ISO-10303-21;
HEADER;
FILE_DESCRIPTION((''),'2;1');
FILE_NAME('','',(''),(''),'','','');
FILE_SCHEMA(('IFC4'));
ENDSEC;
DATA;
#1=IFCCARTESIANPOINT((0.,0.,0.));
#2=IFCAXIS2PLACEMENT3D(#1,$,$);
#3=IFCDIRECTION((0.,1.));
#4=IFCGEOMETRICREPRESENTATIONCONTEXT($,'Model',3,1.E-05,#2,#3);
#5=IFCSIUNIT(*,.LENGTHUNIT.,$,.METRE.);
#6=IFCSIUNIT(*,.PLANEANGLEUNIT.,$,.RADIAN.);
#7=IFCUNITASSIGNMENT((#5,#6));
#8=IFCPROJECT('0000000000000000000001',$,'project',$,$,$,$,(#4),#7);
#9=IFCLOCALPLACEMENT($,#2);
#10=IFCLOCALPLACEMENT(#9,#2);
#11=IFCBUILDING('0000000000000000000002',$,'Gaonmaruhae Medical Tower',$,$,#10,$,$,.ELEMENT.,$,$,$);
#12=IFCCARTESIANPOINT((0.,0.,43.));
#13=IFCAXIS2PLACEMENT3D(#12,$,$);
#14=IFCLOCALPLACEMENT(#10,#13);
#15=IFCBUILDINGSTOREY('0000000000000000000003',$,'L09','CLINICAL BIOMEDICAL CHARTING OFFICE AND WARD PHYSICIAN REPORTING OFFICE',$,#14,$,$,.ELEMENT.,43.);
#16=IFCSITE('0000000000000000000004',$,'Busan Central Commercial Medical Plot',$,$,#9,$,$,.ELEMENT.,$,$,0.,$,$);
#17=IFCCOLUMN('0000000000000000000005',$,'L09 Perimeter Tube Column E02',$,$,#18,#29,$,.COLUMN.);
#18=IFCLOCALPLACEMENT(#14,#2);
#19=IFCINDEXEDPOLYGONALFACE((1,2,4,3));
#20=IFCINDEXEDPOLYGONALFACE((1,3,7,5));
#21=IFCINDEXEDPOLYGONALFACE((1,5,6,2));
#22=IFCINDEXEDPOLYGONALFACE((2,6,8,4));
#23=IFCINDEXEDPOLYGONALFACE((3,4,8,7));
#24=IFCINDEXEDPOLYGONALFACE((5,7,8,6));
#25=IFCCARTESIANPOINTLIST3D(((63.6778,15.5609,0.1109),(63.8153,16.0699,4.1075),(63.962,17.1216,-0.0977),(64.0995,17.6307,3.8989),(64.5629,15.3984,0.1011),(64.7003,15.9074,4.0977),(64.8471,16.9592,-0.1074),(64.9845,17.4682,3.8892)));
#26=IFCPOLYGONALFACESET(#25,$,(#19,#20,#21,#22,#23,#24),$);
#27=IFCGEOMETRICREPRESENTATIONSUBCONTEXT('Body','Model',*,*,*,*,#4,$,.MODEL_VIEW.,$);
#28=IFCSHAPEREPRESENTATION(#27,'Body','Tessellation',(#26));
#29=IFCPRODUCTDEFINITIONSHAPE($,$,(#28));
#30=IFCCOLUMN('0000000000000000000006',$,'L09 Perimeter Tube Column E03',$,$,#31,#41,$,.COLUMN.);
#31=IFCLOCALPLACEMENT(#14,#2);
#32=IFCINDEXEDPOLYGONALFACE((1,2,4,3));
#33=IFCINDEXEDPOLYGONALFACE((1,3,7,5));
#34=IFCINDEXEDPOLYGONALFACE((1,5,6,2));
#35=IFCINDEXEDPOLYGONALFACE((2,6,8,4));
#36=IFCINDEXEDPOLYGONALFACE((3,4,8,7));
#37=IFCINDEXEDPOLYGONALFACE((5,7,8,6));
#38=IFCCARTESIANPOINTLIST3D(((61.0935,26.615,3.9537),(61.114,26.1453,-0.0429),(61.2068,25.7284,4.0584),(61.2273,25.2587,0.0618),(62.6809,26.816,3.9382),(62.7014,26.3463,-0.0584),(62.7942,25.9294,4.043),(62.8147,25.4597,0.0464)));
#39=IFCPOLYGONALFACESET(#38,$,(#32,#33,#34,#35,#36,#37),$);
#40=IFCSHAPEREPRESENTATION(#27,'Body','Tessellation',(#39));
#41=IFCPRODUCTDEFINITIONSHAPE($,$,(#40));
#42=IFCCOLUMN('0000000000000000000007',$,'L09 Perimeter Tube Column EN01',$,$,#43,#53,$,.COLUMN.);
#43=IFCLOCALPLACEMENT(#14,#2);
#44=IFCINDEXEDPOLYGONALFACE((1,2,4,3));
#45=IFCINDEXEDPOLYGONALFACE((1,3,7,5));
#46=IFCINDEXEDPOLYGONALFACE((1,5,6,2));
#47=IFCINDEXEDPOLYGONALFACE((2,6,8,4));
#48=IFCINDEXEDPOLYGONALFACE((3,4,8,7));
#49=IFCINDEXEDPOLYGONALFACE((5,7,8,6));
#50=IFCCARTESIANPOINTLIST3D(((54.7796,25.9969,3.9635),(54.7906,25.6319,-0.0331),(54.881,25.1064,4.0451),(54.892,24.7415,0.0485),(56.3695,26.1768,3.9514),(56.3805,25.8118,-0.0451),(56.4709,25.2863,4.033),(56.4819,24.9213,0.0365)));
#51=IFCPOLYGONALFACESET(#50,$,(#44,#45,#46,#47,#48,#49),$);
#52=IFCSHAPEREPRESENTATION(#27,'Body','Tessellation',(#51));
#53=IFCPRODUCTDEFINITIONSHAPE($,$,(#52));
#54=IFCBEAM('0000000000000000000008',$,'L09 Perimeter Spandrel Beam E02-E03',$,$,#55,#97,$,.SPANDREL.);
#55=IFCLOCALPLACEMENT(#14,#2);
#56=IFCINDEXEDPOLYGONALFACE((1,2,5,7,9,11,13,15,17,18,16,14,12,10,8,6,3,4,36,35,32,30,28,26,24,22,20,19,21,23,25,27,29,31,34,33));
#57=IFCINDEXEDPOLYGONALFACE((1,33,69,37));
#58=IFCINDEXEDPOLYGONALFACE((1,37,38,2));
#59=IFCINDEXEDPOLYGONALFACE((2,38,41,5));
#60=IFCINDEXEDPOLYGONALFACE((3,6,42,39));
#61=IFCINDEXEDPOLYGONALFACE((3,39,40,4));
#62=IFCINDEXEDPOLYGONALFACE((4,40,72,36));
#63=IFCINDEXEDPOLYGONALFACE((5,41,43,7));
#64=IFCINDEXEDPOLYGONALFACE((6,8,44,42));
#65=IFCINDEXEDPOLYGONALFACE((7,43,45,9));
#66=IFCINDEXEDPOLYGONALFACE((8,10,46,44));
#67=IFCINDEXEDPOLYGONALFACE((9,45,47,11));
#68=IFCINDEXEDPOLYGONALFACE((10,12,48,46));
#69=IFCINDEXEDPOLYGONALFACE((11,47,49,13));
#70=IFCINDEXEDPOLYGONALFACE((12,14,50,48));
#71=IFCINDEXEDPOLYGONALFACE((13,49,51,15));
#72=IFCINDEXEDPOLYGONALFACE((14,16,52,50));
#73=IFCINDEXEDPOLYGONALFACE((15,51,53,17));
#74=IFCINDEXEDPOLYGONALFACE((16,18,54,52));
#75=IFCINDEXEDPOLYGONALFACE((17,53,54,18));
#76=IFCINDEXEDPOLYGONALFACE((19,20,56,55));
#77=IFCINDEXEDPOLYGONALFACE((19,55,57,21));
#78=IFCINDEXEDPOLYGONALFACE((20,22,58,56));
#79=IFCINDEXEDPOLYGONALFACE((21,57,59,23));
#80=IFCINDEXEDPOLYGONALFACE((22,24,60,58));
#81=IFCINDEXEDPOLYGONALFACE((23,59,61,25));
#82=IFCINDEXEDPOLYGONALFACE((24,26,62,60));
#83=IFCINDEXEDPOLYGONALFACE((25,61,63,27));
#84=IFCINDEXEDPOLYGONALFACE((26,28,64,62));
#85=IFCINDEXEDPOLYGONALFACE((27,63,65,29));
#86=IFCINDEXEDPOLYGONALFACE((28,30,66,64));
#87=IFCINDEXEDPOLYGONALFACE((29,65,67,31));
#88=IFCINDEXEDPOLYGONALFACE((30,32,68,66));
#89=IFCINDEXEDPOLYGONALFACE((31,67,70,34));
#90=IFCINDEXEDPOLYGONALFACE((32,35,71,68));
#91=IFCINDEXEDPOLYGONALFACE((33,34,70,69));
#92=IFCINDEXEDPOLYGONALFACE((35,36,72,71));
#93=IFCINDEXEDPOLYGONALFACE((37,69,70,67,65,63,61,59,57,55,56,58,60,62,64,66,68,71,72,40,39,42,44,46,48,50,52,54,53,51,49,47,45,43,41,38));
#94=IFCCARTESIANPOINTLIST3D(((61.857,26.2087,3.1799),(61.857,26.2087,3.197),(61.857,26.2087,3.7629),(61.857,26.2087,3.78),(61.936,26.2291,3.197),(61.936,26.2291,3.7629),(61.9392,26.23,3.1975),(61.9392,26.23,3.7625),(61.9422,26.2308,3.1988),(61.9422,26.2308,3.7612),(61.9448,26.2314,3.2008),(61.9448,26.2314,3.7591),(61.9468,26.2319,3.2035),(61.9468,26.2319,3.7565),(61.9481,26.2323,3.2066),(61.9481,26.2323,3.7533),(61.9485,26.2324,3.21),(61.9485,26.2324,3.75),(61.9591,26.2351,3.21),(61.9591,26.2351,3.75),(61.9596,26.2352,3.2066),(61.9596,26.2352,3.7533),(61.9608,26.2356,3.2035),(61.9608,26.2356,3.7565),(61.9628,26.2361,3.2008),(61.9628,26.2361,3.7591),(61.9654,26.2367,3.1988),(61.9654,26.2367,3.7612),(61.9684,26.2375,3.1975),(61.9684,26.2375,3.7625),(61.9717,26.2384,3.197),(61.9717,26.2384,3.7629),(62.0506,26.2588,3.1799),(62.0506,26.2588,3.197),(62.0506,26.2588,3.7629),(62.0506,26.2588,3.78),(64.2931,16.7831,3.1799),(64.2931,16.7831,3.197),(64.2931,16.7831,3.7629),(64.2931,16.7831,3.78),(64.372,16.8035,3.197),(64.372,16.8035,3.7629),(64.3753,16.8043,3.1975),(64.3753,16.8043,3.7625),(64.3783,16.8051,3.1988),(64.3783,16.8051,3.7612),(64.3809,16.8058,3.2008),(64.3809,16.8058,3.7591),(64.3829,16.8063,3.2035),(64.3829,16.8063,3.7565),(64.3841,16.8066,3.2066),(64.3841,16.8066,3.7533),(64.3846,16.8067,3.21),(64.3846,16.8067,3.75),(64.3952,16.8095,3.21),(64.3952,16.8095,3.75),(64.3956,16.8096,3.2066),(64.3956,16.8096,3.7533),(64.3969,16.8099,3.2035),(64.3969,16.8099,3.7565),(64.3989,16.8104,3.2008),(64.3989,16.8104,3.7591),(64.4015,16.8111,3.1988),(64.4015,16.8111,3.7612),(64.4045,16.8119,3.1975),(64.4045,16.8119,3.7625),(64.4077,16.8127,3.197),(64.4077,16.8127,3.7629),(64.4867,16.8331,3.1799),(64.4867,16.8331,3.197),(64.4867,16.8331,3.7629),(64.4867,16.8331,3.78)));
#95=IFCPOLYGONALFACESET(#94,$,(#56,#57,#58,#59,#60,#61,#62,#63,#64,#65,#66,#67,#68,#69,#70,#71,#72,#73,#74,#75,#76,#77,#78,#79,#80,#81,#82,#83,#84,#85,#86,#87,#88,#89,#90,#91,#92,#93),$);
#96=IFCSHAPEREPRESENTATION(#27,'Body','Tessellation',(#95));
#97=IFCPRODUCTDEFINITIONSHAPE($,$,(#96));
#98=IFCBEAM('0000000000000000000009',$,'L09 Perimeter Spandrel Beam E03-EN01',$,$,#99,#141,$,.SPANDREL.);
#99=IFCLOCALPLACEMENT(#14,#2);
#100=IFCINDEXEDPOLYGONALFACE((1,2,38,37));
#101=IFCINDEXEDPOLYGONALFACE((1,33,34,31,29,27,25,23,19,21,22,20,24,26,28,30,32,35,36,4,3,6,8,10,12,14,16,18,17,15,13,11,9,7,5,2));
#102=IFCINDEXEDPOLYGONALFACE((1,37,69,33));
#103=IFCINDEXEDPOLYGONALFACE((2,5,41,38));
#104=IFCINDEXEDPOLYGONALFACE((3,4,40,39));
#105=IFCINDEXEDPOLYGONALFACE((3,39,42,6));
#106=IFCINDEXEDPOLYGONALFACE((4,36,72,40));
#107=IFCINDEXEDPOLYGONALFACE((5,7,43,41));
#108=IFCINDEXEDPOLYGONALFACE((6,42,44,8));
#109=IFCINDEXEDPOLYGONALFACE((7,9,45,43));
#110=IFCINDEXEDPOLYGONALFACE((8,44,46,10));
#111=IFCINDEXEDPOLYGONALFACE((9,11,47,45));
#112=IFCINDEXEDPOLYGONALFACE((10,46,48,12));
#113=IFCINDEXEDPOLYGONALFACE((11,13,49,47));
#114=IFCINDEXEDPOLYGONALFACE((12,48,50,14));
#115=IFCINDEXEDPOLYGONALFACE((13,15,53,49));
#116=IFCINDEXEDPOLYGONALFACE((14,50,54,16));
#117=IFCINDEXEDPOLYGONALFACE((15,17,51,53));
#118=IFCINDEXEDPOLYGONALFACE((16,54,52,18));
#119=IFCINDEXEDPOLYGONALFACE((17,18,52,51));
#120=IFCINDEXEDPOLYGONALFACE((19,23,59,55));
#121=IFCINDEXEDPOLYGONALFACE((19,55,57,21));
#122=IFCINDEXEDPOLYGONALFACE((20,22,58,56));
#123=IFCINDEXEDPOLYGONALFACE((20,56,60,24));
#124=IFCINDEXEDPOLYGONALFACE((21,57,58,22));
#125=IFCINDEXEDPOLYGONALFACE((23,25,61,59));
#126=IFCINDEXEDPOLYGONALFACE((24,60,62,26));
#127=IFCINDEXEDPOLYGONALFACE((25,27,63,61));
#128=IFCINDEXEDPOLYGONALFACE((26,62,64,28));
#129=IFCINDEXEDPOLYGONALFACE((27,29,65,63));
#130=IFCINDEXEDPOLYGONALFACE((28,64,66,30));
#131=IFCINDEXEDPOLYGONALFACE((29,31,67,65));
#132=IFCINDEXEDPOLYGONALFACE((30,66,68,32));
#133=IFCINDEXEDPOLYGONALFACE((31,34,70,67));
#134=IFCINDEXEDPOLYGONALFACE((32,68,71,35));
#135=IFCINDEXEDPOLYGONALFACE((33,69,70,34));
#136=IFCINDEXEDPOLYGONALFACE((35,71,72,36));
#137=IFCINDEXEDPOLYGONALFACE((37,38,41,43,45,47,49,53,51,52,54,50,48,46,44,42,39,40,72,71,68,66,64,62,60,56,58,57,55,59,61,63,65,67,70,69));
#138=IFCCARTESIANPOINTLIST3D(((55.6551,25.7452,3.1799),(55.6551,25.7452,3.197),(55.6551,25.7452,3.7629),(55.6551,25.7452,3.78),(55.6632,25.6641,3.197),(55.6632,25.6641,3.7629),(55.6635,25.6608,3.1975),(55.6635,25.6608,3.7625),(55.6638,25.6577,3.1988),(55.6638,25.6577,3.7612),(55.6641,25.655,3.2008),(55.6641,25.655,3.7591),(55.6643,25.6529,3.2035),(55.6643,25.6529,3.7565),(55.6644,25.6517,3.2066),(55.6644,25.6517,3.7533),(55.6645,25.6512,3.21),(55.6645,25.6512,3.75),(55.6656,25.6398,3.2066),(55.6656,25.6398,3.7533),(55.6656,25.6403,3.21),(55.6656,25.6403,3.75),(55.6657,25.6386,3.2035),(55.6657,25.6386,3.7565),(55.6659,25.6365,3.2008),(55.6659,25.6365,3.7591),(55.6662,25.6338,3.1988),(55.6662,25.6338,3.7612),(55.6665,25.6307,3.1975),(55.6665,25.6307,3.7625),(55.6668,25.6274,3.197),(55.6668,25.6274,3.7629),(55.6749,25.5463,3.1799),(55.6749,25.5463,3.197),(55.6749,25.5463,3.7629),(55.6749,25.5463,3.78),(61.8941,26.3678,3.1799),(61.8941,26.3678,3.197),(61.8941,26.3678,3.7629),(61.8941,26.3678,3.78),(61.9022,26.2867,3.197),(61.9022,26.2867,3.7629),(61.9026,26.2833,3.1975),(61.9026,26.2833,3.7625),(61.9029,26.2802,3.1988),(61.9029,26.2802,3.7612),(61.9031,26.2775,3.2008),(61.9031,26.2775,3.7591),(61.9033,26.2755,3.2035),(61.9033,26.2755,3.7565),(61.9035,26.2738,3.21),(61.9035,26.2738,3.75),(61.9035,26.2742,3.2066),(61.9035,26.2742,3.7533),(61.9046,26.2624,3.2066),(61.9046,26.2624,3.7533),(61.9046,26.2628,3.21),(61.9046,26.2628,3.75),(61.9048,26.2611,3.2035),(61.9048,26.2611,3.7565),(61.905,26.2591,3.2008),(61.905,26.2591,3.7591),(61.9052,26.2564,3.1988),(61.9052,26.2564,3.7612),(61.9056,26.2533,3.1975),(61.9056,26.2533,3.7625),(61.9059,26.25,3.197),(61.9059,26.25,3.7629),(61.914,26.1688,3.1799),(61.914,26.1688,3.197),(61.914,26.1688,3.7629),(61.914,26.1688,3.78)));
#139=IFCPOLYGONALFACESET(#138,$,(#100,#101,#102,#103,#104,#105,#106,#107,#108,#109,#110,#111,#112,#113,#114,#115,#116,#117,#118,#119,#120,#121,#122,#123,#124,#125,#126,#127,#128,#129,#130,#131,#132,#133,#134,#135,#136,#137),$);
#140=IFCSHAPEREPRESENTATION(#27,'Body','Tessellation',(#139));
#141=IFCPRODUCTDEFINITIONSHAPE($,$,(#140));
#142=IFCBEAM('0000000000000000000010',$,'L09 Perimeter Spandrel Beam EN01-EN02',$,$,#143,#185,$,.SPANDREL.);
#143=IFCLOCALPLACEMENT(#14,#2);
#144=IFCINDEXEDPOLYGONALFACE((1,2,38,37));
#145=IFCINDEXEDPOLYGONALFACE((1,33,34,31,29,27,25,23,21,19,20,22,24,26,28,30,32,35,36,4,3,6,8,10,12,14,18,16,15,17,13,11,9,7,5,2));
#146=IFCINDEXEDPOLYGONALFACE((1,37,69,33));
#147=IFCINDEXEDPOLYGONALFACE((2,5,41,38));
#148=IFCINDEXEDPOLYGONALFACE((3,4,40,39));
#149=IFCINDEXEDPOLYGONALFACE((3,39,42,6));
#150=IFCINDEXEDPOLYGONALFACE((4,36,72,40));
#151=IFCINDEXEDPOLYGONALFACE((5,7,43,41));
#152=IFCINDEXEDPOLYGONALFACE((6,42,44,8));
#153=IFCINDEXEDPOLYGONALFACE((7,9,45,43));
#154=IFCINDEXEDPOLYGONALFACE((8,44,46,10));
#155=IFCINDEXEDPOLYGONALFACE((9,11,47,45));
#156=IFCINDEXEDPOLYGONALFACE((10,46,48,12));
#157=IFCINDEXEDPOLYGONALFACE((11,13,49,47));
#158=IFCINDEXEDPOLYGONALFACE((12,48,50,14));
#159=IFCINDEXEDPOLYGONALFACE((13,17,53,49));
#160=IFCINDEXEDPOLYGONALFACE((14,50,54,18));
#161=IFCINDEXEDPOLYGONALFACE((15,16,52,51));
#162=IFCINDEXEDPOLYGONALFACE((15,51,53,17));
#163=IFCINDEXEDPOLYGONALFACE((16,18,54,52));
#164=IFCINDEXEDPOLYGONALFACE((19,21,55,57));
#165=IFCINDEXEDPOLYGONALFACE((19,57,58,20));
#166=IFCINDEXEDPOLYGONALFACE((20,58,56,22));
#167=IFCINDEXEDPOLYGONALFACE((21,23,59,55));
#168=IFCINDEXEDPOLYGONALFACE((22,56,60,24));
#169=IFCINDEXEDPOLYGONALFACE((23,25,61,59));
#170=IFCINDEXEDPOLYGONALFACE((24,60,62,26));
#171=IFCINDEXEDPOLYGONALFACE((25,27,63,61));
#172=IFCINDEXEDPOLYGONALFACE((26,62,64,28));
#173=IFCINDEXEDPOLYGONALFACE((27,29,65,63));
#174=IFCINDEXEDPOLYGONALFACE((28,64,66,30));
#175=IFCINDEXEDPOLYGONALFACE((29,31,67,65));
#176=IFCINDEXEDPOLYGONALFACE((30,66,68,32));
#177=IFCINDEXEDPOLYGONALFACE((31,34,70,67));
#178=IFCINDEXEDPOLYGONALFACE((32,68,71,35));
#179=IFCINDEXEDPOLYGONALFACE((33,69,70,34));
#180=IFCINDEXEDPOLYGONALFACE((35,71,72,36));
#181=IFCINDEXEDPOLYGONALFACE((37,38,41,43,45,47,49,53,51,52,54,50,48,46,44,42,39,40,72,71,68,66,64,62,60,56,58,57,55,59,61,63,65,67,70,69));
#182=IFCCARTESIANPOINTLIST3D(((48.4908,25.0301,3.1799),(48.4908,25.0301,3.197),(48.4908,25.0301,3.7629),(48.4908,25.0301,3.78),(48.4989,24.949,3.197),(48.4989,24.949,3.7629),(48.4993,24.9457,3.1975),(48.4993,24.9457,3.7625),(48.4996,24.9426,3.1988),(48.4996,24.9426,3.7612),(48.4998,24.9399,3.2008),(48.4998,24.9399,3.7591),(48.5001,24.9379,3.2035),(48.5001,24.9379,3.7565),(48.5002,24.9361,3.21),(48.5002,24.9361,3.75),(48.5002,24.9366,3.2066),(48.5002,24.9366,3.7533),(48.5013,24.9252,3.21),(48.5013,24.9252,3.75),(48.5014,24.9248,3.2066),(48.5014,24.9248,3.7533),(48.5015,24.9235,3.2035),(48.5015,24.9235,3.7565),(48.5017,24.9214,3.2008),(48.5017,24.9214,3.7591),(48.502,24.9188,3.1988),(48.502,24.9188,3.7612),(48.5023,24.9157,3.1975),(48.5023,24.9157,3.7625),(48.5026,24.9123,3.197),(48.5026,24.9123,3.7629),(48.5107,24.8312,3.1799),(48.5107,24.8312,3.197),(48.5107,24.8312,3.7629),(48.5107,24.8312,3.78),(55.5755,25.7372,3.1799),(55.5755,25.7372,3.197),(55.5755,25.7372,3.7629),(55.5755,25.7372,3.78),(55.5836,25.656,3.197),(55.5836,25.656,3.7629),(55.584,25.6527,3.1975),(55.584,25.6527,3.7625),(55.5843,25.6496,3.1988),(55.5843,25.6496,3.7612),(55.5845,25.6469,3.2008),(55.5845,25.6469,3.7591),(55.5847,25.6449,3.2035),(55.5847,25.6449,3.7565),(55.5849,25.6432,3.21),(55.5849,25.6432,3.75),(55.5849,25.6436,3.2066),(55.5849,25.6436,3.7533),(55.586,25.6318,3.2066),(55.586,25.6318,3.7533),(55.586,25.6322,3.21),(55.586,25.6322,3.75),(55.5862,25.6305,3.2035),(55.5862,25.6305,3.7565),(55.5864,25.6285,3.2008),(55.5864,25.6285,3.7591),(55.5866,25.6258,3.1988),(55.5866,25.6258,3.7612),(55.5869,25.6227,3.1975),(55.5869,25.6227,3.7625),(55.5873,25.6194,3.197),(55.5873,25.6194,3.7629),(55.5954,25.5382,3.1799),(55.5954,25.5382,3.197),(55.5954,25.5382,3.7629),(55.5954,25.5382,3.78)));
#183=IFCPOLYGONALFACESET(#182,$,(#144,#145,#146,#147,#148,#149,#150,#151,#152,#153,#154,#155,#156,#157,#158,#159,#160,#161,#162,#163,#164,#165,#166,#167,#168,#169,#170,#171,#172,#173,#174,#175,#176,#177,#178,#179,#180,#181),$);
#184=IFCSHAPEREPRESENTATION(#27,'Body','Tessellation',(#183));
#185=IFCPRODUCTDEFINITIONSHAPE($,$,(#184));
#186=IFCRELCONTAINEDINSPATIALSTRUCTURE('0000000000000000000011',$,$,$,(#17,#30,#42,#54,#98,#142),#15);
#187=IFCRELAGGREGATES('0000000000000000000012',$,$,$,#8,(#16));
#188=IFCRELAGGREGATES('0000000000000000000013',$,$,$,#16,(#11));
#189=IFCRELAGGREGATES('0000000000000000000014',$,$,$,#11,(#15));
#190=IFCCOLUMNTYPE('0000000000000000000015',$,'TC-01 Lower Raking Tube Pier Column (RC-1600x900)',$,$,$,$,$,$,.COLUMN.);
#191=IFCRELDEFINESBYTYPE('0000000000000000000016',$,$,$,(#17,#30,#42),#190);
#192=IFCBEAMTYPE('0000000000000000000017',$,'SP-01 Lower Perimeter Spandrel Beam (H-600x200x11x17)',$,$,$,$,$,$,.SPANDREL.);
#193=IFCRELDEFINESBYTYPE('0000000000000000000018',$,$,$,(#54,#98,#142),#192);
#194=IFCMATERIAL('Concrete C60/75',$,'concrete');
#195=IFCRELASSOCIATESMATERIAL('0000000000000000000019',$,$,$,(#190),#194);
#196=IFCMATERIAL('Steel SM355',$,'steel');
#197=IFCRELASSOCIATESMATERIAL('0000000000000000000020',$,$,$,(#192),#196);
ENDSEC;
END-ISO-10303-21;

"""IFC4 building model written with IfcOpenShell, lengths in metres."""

from ifc_helpers import new_model, si_unit, direction, frame, origin, origin_2d, place, context, subcontext, project, spatial, rectangle, i_section, extrude, material, material_profile, profile_set, type_object, element, save


model = new_model("IFC4")

# Units and contexts
model_context = context("Model", 3, precision=1e-05, world=origin(), true_north=direction((0.0, 1.0)))
body_context = subcontext(model_context, "Body", "Model", "MODEL_VIEW")
ifc_project = project(units=[si_unit("LENGTHUNIT", "METRE"), si_unit("PLANEANGLEUNIT", "RADIAN")], contexts=[model_context])

# Site, building, storey
site_placement = place(None, origin())
site = spatial("IfcSite", under=ifc_project, at=site_placement, Name="Busan Central Commercial Medical Plot", CompositionType="ELEMENT", RefElevation=0.0)
building_placement = place(site_placement, origin())
building = spatial("IfcBuilding", under=site, at=building_placement, Name="Gaonmaruhae Medical Tower", CompositionType="ELEMENT")
storey_placement = place(building_placement, frame((0.0, 0.0, 43.0)))
storey = spatial("IfcBuildingStorey", under=building, at=storey_placement, Name="L09", Description="CLINICAL BIOMEDICAL CHARTING OFFICE AND WARD PHYSICIAN REPORTING OFFICE", CompositionType="ELEMENT", Elevation=43.0)

# Columns
ifc_material_1 = material(Name="Concrete C60/75", Category="concrete")
ifc_material_profile_1 = material_profile(ifc_material_1, rectangle(XDim=1.6001, YDim=0.8999, at=origin_2d()), Name="RC-1600x900")
ifc_profile_set_1 = profile_set([ifc_material_profile_1], Name="Concrete C60/75")
column_type = type_object("IfcColumnType", Name="TC-01 Lower Raking Tube Pier Column (RC-1600x900)", PredefinedType="COLUMN", material=ifc_profile_set_1)
column_1_placement = place(storey_placement, frame((64.2625, 16.26, 0.0017), z_axis=(0.034097, 0.126273, 0.991409), x_axis=(-0.177615, -0.975429, 0.130346)))
element("IfcColumn", 1, at=column_1_placement, inside=storey, type_object=column_type, Name="L09 Perimeter Tube Column E02", PredefinedType="COLUMN", context=body_context, shape_type="SweptSolid", body=[
    extrude(rectangle(XDim=1.6001, YDim=0.8999, at=origin_2d()), origin(), (0.0, 0.0, 1.0), 4.0312),
])
column_2_placement = place(storey_placement, frame((61.9644, 25.8025, 0.0017), z_axis=(-0.005096, 0.116727, 0.993151), x_axis=(-0.99203, -0.12563, 0.009675)))
element("IfcColumn", 2, at=column_2_placement, inside=storey, type_object=column_type, Name="L09 Perimeter Tube Column E03", PredefinedType="COLUMN", context=body_context, shape_type="SweptSolid", body=[
    extrude(rectangle(XDim=1.6001, YDim=0.8999, at=origin_2d()), origin(), (0.0, 0.0, 1.0), 4.0242),
])
column_3_placement = place(storey_placement, frame((55.6362, 25.2766, 0.0017), z_axis=(-0.002738, 0.090947, 0.995852), x_axis=(-0.993633, -0.112411, 0.007535)))
element("IfcColumn", 3, at=column_3_placement, inside=storey, type_object=column_type, Name="L09 Perimeter Tube Column EN01", PredefinedType="COLUMN", context=body_context, shape_type="SweptSolid", body=[
    extrude(rectangle(XDim=1.6001, YDim=0.8999, at=origin_2d()), origin(), (0.0, 0.0, 1.0), 4.0132),
])

# Beams
ifc_material_2 = material(Name="Steel SM355", Category="steel")
ifc_material_profile_2 = material_profile(ifc_material_2, i_section(OverallWidth=0.2, OverallDepth=0.6001, WebThickness=0.011, FlangeThickness=0.0171, FilletRadius=0.0129, at=origin_2d()), Name="H-600x200x11x17")
ifc_profile_set_2 = profile_set([ifc_material_profile_2], Name="Steel SM355")
beam_type = type_object("IfcBeamType", Name="SP-01 Lower Perimeter Spandrel Beam (H-600x200x11x17)", PredefinedType="SPANDREL", material=ifc_profile_set_2)
beam_1_placement = place(storey_placement, frame((64.3899, 16.8081, 3.48), z_axis=(-0.250228, 0.968187, 0.0), x_axis=(-0.968187, -0.250228, 0.0)))
element("IfcBeam", 4, at=beam_1_placement, inside=storey, type_object=beam_type, Name="L09 Perimeter Spandrel Beam E02-E03", PredefinedType="SPANDREL", context=body_context, shape_type="SweptSolid", body=[
    extrude(i_section(OverallWidth=0.2, OverallDepth=0.6001, WebThickness=0.011, FlangeThickness=0.0171, FilletRadius=0.0129, at=origin_2d()), origin(), (0.0, 0.0, 1.0), 9.7354),
])
beam_2_placement = place(storey_placement, frame((61.9041, 26.2683, 3.48), z_axis=(-0.995058, -0.099292, 0.0), x_axis=(0.099292, -0.995058, 0.0)))
element("IfcBeam", 5, at=beam_2_placement, inside=storey, type_object=beam_type, Name="L09 Perimeter Spandrel Beam E03-EN01", PredefinedType="SPANDREL", context=body_context, shape_type="SweptSolid", body=[
    extrude(i_section(OverallWidth=0.2, OverallDepth=0.6001, WebThickness=0.011, FlangeThickness=0.0171, FilletRadius=0.0129, at=origin_2d()), origin(), (0.0, 0.0, 1.0), 6.27),
])
beam_3_placement = place(storey_placement, frame((55.5854, 25.6377, 3.48), z_axis=(-0.995057, -0.099303, 0.0), x_axis=(0.099303, -0.995057, 0.0)))
element("IfcBeam", 6, at=beam_3_placement, inside=storey, type_object=beam_type, Name="L09 Perimeter Spandrel Beam EN01-EN02", PredefinedType="SPANDREL", context=body_context, shape_type="SweptSolid", body=[
    extrude(i_section(OverallWidth=0.2, OverallDepth=0.6001, WebThickness=0.011, FlangeThickness=0.0171, FilletRadius=0.0129, at=origin_2d()), origin(), (0.0, 0.0, 1.0), 7.1199),
])

save(model, "model.ifc")
